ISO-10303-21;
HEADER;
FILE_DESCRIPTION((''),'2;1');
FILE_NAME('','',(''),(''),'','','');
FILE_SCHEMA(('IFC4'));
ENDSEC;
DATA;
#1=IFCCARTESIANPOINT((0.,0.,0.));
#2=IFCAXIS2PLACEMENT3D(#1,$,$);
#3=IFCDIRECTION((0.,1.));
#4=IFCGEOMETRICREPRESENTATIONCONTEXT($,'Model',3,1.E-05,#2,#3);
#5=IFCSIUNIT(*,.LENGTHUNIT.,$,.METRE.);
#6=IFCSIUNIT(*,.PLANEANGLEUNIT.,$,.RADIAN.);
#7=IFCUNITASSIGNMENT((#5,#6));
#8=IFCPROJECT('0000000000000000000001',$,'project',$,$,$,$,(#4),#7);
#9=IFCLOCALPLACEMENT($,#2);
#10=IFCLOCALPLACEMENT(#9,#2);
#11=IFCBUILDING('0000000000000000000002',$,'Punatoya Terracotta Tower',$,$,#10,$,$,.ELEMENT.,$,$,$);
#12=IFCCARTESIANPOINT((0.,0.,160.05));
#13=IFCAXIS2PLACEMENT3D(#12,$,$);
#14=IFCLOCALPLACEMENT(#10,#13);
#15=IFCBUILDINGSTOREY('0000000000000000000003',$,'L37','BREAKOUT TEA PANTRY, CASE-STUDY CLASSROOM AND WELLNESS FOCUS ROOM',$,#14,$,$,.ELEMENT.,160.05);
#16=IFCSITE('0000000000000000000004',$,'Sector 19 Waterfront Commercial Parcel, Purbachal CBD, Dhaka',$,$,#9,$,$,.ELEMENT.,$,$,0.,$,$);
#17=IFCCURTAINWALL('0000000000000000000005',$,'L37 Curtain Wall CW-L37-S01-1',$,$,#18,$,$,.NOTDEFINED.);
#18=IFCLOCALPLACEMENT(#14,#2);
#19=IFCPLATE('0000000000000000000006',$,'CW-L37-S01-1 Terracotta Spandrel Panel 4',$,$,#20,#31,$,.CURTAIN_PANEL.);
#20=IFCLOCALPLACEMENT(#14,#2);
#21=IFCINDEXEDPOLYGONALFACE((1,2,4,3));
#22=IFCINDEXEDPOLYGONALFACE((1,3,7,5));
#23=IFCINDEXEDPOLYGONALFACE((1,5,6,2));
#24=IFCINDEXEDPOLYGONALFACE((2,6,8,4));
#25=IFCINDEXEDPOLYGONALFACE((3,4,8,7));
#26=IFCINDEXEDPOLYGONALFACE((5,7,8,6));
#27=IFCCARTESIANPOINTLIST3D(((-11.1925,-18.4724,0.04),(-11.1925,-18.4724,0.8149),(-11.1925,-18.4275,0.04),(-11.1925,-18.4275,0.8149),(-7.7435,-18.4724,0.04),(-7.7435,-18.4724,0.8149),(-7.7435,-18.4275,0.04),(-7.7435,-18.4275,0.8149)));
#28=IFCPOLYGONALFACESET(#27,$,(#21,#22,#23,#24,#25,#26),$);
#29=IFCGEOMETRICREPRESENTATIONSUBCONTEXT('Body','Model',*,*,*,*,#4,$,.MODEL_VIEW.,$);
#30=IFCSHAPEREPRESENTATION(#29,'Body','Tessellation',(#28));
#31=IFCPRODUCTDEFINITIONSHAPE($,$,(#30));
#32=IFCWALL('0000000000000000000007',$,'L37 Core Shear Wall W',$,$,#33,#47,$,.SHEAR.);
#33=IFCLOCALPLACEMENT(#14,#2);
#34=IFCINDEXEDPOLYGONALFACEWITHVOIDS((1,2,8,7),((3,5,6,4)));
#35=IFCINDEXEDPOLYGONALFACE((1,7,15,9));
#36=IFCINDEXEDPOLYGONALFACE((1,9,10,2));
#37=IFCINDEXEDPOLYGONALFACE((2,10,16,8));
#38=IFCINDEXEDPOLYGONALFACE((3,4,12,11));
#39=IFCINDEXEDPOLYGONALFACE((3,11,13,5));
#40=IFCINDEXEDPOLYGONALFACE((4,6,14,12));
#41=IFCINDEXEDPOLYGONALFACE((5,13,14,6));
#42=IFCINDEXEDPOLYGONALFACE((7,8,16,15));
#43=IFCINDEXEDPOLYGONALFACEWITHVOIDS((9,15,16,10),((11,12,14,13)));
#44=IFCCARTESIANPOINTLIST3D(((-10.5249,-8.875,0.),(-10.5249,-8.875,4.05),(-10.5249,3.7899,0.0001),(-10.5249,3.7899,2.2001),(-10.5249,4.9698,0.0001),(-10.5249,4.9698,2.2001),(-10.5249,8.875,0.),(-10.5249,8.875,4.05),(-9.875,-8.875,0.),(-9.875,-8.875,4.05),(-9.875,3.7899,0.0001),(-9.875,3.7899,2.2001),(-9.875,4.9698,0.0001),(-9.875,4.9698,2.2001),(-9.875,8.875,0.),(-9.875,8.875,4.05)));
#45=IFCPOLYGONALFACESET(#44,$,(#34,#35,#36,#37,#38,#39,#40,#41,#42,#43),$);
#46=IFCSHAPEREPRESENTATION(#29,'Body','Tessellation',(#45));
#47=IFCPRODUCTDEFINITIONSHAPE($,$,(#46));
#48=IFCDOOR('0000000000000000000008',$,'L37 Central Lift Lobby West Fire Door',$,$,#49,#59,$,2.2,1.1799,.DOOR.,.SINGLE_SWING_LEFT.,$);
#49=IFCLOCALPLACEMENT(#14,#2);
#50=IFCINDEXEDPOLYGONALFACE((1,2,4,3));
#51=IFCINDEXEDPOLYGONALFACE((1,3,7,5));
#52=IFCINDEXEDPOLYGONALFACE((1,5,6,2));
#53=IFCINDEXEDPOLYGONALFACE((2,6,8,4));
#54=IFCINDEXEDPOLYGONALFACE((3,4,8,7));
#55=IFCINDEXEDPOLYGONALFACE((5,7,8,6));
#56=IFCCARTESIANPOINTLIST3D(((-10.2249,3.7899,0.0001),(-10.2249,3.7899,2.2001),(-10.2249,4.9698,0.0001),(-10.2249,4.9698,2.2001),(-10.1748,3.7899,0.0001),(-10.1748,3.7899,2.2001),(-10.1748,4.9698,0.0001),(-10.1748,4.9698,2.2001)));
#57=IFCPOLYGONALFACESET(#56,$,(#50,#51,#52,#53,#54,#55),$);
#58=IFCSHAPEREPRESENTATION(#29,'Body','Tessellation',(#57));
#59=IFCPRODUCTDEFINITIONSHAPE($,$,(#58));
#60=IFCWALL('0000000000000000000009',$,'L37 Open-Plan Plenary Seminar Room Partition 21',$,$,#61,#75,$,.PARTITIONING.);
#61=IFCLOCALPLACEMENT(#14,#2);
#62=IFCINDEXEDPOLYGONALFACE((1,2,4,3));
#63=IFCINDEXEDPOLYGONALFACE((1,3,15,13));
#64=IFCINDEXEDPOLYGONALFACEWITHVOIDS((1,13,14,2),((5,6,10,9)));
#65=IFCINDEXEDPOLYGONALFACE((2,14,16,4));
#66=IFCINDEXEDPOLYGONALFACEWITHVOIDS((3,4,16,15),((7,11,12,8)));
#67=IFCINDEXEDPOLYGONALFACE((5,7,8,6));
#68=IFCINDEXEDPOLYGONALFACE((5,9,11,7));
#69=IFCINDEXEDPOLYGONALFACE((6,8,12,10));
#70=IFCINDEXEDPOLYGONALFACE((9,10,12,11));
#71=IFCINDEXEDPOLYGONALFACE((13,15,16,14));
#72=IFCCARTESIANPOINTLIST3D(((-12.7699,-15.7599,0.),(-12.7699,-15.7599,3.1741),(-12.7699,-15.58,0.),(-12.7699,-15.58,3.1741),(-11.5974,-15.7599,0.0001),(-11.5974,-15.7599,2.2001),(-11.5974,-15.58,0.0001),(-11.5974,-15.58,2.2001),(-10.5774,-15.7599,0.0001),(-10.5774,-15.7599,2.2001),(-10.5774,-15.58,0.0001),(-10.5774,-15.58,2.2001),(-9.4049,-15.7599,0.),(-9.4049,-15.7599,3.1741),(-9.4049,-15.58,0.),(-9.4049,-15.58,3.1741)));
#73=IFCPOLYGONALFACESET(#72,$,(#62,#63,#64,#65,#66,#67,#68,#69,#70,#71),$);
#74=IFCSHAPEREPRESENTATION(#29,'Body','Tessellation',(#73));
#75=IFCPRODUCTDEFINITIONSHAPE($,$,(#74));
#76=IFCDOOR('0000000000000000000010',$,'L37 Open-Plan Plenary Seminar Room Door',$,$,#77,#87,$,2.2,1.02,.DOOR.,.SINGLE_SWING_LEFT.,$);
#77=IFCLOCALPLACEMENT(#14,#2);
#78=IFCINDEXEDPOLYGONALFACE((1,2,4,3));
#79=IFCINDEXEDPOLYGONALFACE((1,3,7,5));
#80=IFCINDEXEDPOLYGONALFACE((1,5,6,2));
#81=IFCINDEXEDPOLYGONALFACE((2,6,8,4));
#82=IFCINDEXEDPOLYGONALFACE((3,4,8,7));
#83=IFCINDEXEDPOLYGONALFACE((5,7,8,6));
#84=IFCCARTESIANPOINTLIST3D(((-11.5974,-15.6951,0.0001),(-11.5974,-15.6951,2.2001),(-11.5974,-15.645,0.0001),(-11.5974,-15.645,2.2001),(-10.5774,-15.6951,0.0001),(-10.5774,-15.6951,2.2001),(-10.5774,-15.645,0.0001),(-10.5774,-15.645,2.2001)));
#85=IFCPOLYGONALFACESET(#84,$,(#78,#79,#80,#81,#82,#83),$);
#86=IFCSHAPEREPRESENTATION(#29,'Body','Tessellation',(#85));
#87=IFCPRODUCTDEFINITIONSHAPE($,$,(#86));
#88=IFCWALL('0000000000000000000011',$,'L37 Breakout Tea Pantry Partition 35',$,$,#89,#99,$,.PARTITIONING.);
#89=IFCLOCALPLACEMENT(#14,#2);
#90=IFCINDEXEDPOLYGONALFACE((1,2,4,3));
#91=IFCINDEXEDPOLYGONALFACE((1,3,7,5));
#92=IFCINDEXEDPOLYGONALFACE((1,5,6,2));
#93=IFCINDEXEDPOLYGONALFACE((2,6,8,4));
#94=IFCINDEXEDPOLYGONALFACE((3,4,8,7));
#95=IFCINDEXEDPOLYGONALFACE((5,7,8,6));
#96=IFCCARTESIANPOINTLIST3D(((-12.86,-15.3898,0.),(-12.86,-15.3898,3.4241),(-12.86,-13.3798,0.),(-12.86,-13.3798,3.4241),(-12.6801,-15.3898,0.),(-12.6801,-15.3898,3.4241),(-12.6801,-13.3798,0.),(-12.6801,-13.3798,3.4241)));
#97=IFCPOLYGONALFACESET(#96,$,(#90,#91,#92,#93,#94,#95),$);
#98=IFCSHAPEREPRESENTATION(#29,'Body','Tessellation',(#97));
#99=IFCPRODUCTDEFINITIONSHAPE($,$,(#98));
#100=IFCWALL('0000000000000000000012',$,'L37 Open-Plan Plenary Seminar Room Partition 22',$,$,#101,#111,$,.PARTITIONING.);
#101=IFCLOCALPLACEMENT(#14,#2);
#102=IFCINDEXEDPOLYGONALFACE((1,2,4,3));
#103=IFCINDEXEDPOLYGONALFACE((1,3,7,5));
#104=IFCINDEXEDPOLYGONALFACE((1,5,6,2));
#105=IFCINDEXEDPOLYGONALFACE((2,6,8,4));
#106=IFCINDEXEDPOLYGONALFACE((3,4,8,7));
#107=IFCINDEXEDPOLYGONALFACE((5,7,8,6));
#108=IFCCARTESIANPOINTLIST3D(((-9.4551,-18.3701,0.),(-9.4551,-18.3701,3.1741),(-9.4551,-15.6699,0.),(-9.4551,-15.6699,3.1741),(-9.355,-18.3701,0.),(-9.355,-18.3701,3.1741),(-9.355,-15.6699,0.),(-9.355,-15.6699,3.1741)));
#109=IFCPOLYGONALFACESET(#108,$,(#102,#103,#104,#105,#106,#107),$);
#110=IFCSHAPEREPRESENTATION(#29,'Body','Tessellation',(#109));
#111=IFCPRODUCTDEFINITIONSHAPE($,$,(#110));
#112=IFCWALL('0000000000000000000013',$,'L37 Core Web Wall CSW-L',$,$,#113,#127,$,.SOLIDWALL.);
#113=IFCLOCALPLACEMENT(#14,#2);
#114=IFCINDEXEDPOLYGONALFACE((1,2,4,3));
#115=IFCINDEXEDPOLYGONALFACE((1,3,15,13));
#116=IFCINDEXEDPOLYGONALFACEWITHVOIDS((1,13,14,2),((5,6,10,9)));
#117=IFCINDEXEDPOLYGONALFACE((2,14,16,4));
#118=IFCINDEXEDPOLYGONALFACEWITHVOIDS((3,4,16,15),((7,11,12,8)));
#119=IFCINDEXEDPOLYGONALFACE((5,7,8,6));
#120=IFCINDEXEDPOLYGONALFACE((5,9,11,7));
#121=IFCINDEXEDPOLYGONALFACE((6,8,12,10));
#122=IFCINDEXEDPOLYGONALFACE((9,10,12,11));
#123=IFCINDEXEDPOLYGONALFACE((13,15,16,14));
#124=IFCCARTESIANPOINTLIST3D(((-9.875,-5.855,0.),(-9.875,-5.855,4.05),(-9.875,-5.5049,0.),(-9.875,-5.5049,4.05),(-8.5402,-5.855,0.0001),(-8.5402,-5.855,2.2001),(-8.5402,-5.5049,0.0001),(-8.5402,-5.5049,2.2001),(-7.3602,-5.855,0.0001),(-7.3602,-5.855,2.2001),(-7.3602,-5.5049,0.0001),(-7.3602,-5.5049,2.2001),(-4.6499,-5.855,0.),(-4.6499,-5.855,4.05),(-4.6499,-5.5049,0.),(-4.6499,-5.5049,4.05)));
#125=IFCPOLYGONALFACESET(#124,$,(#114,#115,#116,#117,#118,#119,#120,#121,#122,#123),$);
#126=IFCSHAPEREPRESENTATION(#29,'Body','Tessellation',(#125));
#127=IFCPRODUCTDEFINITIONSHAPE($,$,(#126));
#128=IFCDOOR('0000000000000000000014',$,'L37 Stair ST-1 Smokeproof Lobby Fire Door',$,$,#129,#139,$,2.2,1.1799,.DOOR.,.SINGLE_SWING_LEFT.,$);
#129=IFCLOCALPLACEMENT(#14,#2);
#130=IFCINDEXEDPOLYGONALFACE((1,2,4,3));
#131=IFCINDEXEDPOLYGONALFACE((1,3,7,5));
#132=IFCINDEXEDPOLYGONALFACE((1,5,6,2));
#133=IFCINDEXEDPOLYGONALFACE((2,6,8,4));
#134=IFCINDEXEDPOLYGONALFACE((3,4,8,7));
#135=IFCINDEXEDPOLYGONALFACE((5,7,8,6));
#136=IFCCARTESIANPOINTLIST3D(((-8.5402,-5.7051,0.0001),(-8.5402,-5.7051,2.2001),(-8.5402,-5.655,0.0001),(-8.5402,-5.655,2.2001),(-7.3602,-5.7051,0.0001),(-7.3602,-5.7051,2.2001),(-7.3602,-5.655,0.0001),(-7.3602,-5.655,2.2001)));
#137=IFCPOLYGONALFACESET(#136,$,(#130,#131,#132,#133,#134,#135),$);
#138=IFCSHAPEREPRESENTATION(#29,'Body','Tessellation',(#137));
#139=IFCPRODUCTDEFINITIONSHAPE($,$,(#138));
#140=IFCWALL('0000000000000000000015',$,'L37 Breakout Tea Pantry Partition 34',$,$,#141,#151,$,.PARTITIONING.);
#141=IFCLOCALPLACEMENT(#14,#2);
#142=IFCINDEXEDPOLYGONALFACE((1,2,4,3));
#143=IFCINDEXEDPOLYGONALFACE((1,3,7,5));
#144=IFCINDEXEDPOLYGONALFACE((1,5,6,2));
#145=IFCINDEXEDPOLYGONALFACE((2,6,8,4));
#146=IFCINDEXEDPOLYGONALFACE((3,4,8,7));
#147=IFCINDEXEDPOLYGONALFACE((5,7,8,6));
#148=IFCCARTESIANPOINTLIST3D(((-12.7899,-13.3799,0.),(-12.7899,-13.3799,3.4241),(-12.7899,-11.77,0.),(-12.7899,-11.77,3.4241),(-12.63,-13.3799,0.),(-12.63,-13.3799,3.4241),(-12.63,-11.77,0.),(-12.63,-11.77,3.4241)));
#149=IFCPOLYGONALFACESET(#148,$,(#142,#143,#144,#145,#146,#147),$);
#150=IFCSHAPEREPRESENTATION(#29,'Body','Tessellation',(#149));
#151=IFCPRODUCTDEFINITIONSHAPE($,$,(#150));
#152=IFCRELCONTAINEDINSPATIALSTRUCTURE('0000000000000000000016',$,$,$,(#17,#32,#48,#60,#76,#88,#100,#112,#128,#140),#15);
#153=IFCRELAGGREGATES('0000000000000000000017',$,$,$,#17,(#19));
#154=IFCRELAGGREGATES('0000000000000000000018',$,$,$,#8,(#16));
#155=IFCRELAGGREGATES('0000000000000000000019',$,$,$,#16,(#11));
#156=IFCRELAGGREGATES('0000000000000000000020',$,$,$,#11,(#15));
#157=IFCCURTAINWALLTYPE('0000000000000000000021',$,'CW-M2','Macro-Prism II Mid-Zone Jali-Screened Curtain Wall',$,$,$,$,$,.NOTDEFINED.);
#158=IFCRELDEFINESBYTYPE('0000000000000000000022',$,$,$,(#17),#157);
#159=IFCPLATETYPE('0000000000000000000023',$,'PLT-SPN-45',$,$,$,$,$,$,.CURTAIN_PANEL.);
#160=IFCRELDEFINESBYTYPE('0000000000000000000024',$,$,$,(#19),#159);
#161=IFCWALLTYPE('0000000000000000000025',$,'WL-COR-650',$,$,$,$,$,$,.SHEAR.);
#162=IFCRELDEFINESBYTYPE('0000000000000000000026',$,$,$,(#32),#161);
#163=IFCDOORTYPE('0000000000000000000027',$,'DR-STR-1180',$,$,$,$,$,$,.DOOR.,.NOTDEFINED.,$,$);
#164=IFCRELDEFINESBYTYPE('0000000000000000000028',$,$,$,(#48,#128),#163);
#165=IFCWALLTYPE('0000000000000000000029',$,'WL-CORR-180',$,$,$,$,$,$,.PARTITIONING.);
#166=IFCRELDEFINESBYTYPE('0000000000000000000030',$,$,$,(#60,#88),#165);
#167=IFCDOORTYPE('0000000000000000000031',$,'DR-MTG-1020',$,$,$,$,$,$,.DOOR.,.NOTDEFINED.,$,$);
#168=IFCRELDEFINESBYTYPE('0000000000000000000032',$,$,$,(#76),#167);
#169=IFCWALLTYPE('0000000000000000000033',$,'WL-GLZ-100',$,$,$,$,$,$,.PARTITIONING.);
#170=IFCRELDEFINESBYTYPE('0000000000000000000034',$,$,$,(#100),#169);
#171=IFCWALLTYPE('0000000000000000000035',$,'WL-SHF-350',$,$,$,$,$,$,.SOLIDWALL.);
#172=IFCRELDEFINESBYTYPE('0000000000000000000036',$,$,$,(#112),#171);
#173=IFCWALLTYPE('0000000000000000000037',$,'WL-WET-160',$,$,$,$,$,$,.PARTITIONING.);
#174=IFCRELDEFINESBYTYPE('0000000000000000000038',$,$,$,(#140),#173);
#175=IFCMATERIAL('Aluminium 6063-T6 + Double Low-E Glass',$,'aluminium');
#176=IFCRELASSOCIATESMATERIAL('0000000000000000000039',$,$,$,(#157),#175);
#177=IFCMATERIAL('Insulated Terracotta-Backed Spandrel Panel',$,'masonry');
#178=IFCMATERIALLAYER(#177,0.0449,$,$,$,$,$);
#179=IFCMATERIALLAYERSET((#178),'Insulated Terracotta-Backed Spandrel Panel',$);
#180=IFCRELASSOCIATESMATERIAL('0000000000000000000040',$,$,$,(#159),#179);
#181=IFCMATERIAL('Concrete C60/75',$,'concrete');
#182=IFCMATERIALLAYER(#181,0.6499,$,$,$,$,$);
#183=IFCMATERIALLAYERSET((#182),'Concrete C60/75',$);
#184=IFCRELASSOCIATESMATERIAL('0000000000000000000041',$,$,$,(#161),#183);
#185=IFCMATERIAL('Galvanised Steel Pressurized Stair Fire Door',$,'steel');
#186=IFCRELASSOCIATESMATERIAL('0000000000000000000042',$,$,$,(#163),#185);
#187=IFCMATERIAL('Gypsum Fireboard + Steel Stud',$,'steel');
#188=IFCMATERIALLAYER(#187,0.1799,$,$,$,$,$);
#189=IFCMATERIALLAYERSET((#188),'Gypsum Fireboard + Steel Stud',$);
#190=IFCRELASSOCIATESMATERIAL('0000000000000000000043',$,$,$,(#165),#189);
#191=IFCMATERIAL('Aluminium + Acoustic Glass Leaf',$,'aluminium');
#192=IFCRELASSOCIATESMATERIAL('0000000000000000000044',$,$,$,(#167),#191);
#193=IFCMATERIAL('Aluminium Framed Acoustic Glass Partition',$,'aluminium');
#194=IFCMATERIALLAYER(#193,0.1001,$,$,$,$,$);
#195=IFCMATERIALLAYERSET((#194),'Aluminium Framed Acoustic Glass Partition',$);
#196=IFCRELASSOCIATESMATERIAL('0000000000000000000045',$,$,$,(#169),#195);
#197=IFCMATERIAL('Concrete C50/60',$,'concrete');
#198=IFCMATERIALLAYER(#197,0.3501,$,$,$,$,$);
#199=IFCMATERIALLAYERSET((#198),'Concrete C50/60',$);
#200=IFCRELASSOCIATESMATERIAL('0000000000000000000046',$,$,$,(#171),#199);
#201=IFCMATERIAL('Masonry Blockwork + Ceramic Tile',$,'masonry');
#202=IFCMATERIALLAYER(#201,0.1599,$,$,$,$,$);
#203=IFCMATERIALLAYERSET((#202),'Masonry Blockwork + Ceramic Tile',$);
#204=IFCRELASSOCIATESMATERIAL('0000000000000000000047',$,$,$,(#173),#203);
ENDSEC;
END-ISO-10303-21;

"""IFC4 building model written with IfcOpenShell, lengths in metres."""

from ifc_helpers import new_model, si_unit, direction, frame, frame_2d, origin, origin_2d, place, context, subcontext, project, spatial, rectangle, extrude, material, layer, layer_set, type_object, element, fill, aggregate, save


model = new_model("IFC4")

# Units and contexts
model_context = context("Model", 3, precision=1e-05, world=origin(), true_north=direction((0.0, 1.0)))
body_context = subcontext(model_context, "Body", "Model", "MODEL_VIEW")
ifc_project = project(units=[si_unit("LENGTHUNIT", "METRE"), si_unit("PLANEANGLEUNIT", "RADIAN")], contexts=[model_context])

# Site, building, storey
site_placement = place(None, origin())
site = spatial("IfcSite", under=ifc_project, at=site_placement, Name="Sector 19 Waterfront Commercial Parcel, Purbachal CBD, Dhaka", CompositionType="ELEMENT", RefElevation=0.0)
building_placement = place(site_placement, origin())
building = spatial("IfcBuilding", under=site, at=building_placement, Name="Punatoya Terracotta Tower", CompositionType="ELEMENT")
storey_placement = place(building_placement, frame((0.0, 0.0, 160.05)))
storey = spatial("IfcBuildingStorey", under=building, at=storey_placement, Name="L37", Description="BREAKOUT TEA PANTRY, CASE-STUDY CLASSROOM AND WELLNESS FOCUS ROOM", CompositionType="ELEMENT", Elevation=160.05)

# Curtain wall, plate
ifc_material_1 = material(Name="Aluminium 6063-T6 + Double Low-E Glass", Category="aluminium")
curtain_wall_type = type_object("IfcCurtainWallType", Name="CW-M2", Description="Macro-Prism II Mid-Zone Jali-Screened Curtain Wall", PredefinedType="NOTDEFINED", material=ifc_material_1)
curtain_wall_placement = place(storey_placement, origin())
curtain_wall = element("IfcCurtainWall", 1, at=curtain_wall_placement, inside=storey, type_object=curtain_wall_type, Name="L37 Curtain Wall CW-L37-S01-1", PredefinedType="NOTDEFINED")
ifc_material_2 = material(Name="Insulated Terracotta-Backed Spandrel Panel", Category="masonry")
ifc_layer_1 = layer(ifc_material_2, 0.0449)
ifc_layer_set_1 = layer_set([ifc_layer_1], Name="Insulated Terracotta-Backed Spandrel Panel")
plate_type_1 = type_object("IfcPlateType", Name="PLT-SPN-45", PredefinedType="CURTAIN_PANEL", material=ifc_layer_set_1)
plate_1_placement = place(storey_placement, frame((-9.468, -18.45, 0.04), z_axis=(0.0, 0.0, 1.0), x_axis=(1.0, 0.0, 0.0)))
plate_1 = element("IfcPlate", 2, at=plate_1_placement, type_object=plate_type_1, Name="CW-L37-S01-1 Terracotta Spandrel Panel 4", PredefinedType="CURTAIN_PANEL", context=body_context, shape_type="SweptSolid", body=[
    extrude(rectangle(XDim=3.449, YDim=0.0449, at=origin_2d()), origin(), (0.0, 0.0, 1.0), 0.7749),
])
aggregate(curtain_wall, [plate_1])

# Walls, openings, doors
ifc_material_3 = material(Name="Concrete C60/75", Category="concrete")
ifc_layer_2 = layer(ifc_material_3, 0.6499)
ifc_layer_set_2 = layer_set([ifc_layer_2], Name="Concrete C60/75")
wall_type_1 = type_object("IfcWallType", Name="WL-COR-650", PredefinedType="SHEAR", material=ifc_layer_set_2)
wall_1_placement = place(storey_placement, frame((-10.2, -8.875, 0.0), z_axis=(0.0, 0.0, 1.0), x_axis=(0.0, 1.0, 0.0)))
wall_1 = element("IfcWall", 3, at=wall_1_placement, inside=storey, type_object=wall_type_1, Name="L37 Core Shear Wall W", PredefinedType="SHEAR", context=body_context, shape_type="SweptSolid", body=[
    extrude(rectangle(XDim=17.75, YDim=0.6499, at=frame_2d((8.875, 0.0))), origin(), (0.0, 0.0, 1.0), 4.05),
])
opening_1_placement = place(wall_1_placement, frame((12.665, 0.0, 0.0)))
opening_1 = element("IfcOpeningElement", 4, at=opening_1_placement, cuts=wall_1, PredefinedType="OPENING", context=body_context, shape_type="SweptSolid", body=[
    extrude(rectangle(XDim=1.1799, YDim=2.2, at=frame_2d((0.5898, 1.1001))), frame((0.0, 0.335, 0.0), z_axis=(0.0, -1.0, 0.0), x_axis=(1.0, 0.0, 0.0)), (0.0, 0.0, 1.0), 0.6699),
])
ifc_material_4 = material(Name="Galvanised Steel Pressurized Stair Fire Door", Category="steel")
door_type_1 = type_object("IfcDoorType", Name="DR-STR-1180", OperationType="NOTDEFINED", PredefinedType="DOOR", material=ifc_material_4)
door_1_placement = place(opening_1_placement, origin())
door_1 = element("IfcDoor", 5, at=door_1_placement, inside=storey, type_object=door_type_1, Name="L37 Central Lift Lobby West Fire Door", OperationType="SINGLE_SWING_LEFT", OverallHeight=2.2, OverallWidth=1.1799, PredefinedType="DOOR", context=body_context, shape_type="SweptSolid", body=[
    extrude(rectangle(XDim=1.1799, YDim=2.2, at=frame_2d((0.5898, 1.1001))), frame((0.0, 0.0249, 0.0), z_axis=(0.0, -1.0, 0.0), x_axis=(1.0, 0.0, 0.0)), (0.0, 0.0, 1.0), 0.05),
])
fill(opening_1, door_1)
ifc_material_5 = material(Name="Gypsum Fireboard + Steel Stud", Category="steel")
ifc_layer_3 = layer(ifc_material_5, 0.1799)
ifc_layer_set_3 = layer_set([ifc_layer_3], Name="Gypsum Fireboard + Steel Stud")
wall_type_2 = type_object("IfcWallType", Name="WL-CORR-180", PredefinedType="PARTITIONING", material=ifc_layer_set_3)
wall_2_placement = place(storey_placement, frame((-12.77, -15.6699, 0.0), z_axis=(0.0, 0.0, 1.0), x_axis=(1.0, 0.0, 0.0)))
wall_2 = element("IfcWall", 6, at=wall_2_placement, inside=storey, type_object=wall_type_2, Name="L37 Open-Plan Plenary Seminar Room Partition 21", PredefinedType="PARTITIONING", context=body_context, shape_type="SweptSolid", body=[
    extrude(rectangle(XDim=3.365, YDim=0.1799, at=frame_2d((1.6826, 0.0))), origin(), (0.0, 0.0, 1.0), 3.1741),
])
opening_2_placement = place(wall_2_placement, frame((1.1726, 0.0, 0.0)))
opening_2 = element("IfcOpeningElement", 7, at=opening_2_placement, cuts=wall_2, PredefinedType="OPENING", context=body_context, shape_type="SweptSolid", body=[
    extrude(rectangle(XDim=1.02, YDim=2.2, at=frame_2d((0.51, 1.1001))), frame((0.0, 0.0999, 0.0), z_axis=(0.0, -1.0, 0.0), x_axis=(1.0, 0.0, 0.0)), (0.0, 0.0, 1.0), 0.2),
])
ifc_material_6 = material(Name="Aluminium + Acoustic Glass Leaf", Category="aluminium")
door_type_2 = type_object("IfcDoorType", Name="DR-MTG-1020", OperationType="NOTDEFINED", PredefinedType="DOOR", material=ifc_material_6)
door_2_placement = place(opening_2_placement, origin())
door_2 = element("IfcDoor", 8, at=door_2_placement, inside=storey, type_object=door_type_2, Name="L37 Open-Plan Plenary Seminar Room Door", OperationType="SINGLE_SWING_LEFT", OverallHeight=2.2, OverallWidth=1.02, PredefinedType="DOOR", context=body_context, shape_type="SweptSolid", body=[
    extrude(rectangle(XDim=1.02, YDim=2.2, at=frame_2d((0.51, 1.1001))), frame((0.0, 0.0249, 0.0), z_axis=(0.0, -1.0, 0.0), x_axis=(1.0, 0.0, 0.0)), (0.0, 0.0, 1.0), 0.05),
])
fill(opening_2, door_2)

# Walls
wall_3_placement = place(storey_placement, frame((-12.77, -13.3799, 0.0), z_axis=(0.0, 0.0, 1.0), x_axis=(0.0, -1.0, 0.0)))
element("IfcWall", 9, at=wall_3_placement, inside=storey, type_object=wall_type_2, Name="L37 Breakout Tea Pantry Partition 35", PredefinedType="PARTITIONING", context=body_context, shape_type="SweptSolid", body=[
    extrude(rectangle(XDim=2.01, YDim=0.1799, at=frame_2d((1.0049, 0.0))), origin(), (0.0, 0.0, 1.0), 3.4241),
])
ifc_material_7 = material(Name="Aluminium Framed Acoustic Glass Partition", Category="aluminium")
ifc_layer_4 = layer(ifc_material_7, 0.1001)
ifc_layer_set_4 = layer_set([ifc_layer_4], Name="Aluminium Framed Acoustic Glass Partition")
wall_type_3 = type_object("IfcWallType", Name="WL-GLZ-100", PredefinedType="PARTITIONING", material=ifc_layer_set_4)
wall_4_placement = place(storey_placement, frame((-9.405, -15.6699, 0.0), z_axis=(0.0, 0.0, 1.0), x_axis=(0.0, -1.0, 0.0)))
element("IfcWall", 10, at=wall_4_placement, inside=storey, type_object=wall_type_3, Name="L37 Open-Plan Plenary Seminar Room Partition 22", PredefinedType="PARTITIONING", context=body_context, shape_type="SweptSolid", body=[
    extrude(rectangle(XDim=2.7002, YDim=0.1001, at=frame_2d((1.3501, 0.0))), origin(), (0.0, 0.0, 1.0), 3.1741),
])

# Wall, opening, door
ifc_material_8 = material(Name="Concrete C50/60", Category="concrete")
ifc_layer_5 = layer(ifc_material_8, 0.3501)
ifc_layer_set_5 = layer_set([ifc_layer_5], Name="Concrete C50/60")
wall_type_4 = type_object("IfcWallType", Name="WL-SHF-350", PredefinedType="SOLIDWALL", material=ifc_layer_set_5)
wall_5_placement = place(storey_placement, frame((-9.875, -5.6799, 0.0), z_axis=(0.0, 0.0, 1.0), x_axis=(1.0, 0.0, 0.0)))
wall_5 = element("IfcWall", 11, at=wall_5_placement, inside=storey, type_object=wall_type_4, Name="L37 Core Web Wall CSW-L", PredefinedType="SOLIDWALL", context=body_context, shape_type="SweptSolid", body=[
    extrude(rectangle(XDim=5.2251, YDim=0.3501, at=frame_2d((2.6125, 0.0))), origin(), (0.0, 0.0, 1.0), 4.05),
])
opening_3_placement = place(wall_5_placement, frame((1.335, 0.0, 0.0)))
opening_3 = element("IfcOpeningElement", 12, at=opening_3_placement, cuts=wall_5, PredefinedType="OPENING", context=body_context, shape_type="SweptSolid", body=[
    extrude(rectangle(XDim=1.1799, YDim=2.2, at=frame_2d((0.5898, 1.1001))), frame((0.0, 0.1851, 0.0), z_axis=(0.0, -1.0, 0.0), x_axis=(1.0, 0.0, 0.0)), (0.0, 0.0, 1.0), 0.3701),
])
door_3_placement = place(opening_3_placement, origin())
door_3 = element("IfcDoor", 13, at=door_3_placement, inside=storey, type_object=door_type_1, Name="L37 Stair ST-1 Smokeproof Lobby Fire Door", OperationType="SINGLE_SWING_LEFT", OverallHeight=2.2, OverallWidth=1.1799, PredefinedType="DOOR", context=body_context, shape_type="SweptSolid", body=[
    extrude(rectangle(XDim=1.1799, YDim=2.2, at=frame_2d((0.5898, 1.1001))), frame((0.0, 0.0249, 0.0), z_axis=(0.0, -1.0, 0.0), x_axis=(1.0, 0.0, 0.0)), (0.0, 0.0, 1.0), 0.05),
])
fill(opening_3, door_3)

# Wall
ifc_material_9 = material(Name="Masonry Blockwork + Ceramic Tile", Category="masonry")
ifc_layer_6 = layer(ifc_material_9, 0.1599)
ifc_layer_set_6 = layer_set([ifc_layer_6], Name="Masonry Blockwork + Ceramic Tile")
wall_type_5 = type_object("IfcWallType", Name="WL-WET-160", PredefinedType="PARTITIONING", material=ifc_layer_set_6)
wall_6_placement = place(storey_placement, frame((-12.71, -11.77, 0.0), z_axis=(0.0, 0.0, 1.0), x_axis=(0.0, -1.0, 0.0)))
element("IfcWall", 14, at=wall_6_placement, inside=storey, type_object=wall_type_5, Name="L37 Breakout Tea Pantry Partition 34", PredefinedType="PARTITIONING", context=body_context, shape_type="SweptSolid", body=[
    extrude(rectangle(XDim=1.6099, YDim=0.1599, at=frame_2d((0.8049, 0.0))), origin(), (0.0, 0.0, 1.0), 3.4241),
])

save(model, "model.ifc")
